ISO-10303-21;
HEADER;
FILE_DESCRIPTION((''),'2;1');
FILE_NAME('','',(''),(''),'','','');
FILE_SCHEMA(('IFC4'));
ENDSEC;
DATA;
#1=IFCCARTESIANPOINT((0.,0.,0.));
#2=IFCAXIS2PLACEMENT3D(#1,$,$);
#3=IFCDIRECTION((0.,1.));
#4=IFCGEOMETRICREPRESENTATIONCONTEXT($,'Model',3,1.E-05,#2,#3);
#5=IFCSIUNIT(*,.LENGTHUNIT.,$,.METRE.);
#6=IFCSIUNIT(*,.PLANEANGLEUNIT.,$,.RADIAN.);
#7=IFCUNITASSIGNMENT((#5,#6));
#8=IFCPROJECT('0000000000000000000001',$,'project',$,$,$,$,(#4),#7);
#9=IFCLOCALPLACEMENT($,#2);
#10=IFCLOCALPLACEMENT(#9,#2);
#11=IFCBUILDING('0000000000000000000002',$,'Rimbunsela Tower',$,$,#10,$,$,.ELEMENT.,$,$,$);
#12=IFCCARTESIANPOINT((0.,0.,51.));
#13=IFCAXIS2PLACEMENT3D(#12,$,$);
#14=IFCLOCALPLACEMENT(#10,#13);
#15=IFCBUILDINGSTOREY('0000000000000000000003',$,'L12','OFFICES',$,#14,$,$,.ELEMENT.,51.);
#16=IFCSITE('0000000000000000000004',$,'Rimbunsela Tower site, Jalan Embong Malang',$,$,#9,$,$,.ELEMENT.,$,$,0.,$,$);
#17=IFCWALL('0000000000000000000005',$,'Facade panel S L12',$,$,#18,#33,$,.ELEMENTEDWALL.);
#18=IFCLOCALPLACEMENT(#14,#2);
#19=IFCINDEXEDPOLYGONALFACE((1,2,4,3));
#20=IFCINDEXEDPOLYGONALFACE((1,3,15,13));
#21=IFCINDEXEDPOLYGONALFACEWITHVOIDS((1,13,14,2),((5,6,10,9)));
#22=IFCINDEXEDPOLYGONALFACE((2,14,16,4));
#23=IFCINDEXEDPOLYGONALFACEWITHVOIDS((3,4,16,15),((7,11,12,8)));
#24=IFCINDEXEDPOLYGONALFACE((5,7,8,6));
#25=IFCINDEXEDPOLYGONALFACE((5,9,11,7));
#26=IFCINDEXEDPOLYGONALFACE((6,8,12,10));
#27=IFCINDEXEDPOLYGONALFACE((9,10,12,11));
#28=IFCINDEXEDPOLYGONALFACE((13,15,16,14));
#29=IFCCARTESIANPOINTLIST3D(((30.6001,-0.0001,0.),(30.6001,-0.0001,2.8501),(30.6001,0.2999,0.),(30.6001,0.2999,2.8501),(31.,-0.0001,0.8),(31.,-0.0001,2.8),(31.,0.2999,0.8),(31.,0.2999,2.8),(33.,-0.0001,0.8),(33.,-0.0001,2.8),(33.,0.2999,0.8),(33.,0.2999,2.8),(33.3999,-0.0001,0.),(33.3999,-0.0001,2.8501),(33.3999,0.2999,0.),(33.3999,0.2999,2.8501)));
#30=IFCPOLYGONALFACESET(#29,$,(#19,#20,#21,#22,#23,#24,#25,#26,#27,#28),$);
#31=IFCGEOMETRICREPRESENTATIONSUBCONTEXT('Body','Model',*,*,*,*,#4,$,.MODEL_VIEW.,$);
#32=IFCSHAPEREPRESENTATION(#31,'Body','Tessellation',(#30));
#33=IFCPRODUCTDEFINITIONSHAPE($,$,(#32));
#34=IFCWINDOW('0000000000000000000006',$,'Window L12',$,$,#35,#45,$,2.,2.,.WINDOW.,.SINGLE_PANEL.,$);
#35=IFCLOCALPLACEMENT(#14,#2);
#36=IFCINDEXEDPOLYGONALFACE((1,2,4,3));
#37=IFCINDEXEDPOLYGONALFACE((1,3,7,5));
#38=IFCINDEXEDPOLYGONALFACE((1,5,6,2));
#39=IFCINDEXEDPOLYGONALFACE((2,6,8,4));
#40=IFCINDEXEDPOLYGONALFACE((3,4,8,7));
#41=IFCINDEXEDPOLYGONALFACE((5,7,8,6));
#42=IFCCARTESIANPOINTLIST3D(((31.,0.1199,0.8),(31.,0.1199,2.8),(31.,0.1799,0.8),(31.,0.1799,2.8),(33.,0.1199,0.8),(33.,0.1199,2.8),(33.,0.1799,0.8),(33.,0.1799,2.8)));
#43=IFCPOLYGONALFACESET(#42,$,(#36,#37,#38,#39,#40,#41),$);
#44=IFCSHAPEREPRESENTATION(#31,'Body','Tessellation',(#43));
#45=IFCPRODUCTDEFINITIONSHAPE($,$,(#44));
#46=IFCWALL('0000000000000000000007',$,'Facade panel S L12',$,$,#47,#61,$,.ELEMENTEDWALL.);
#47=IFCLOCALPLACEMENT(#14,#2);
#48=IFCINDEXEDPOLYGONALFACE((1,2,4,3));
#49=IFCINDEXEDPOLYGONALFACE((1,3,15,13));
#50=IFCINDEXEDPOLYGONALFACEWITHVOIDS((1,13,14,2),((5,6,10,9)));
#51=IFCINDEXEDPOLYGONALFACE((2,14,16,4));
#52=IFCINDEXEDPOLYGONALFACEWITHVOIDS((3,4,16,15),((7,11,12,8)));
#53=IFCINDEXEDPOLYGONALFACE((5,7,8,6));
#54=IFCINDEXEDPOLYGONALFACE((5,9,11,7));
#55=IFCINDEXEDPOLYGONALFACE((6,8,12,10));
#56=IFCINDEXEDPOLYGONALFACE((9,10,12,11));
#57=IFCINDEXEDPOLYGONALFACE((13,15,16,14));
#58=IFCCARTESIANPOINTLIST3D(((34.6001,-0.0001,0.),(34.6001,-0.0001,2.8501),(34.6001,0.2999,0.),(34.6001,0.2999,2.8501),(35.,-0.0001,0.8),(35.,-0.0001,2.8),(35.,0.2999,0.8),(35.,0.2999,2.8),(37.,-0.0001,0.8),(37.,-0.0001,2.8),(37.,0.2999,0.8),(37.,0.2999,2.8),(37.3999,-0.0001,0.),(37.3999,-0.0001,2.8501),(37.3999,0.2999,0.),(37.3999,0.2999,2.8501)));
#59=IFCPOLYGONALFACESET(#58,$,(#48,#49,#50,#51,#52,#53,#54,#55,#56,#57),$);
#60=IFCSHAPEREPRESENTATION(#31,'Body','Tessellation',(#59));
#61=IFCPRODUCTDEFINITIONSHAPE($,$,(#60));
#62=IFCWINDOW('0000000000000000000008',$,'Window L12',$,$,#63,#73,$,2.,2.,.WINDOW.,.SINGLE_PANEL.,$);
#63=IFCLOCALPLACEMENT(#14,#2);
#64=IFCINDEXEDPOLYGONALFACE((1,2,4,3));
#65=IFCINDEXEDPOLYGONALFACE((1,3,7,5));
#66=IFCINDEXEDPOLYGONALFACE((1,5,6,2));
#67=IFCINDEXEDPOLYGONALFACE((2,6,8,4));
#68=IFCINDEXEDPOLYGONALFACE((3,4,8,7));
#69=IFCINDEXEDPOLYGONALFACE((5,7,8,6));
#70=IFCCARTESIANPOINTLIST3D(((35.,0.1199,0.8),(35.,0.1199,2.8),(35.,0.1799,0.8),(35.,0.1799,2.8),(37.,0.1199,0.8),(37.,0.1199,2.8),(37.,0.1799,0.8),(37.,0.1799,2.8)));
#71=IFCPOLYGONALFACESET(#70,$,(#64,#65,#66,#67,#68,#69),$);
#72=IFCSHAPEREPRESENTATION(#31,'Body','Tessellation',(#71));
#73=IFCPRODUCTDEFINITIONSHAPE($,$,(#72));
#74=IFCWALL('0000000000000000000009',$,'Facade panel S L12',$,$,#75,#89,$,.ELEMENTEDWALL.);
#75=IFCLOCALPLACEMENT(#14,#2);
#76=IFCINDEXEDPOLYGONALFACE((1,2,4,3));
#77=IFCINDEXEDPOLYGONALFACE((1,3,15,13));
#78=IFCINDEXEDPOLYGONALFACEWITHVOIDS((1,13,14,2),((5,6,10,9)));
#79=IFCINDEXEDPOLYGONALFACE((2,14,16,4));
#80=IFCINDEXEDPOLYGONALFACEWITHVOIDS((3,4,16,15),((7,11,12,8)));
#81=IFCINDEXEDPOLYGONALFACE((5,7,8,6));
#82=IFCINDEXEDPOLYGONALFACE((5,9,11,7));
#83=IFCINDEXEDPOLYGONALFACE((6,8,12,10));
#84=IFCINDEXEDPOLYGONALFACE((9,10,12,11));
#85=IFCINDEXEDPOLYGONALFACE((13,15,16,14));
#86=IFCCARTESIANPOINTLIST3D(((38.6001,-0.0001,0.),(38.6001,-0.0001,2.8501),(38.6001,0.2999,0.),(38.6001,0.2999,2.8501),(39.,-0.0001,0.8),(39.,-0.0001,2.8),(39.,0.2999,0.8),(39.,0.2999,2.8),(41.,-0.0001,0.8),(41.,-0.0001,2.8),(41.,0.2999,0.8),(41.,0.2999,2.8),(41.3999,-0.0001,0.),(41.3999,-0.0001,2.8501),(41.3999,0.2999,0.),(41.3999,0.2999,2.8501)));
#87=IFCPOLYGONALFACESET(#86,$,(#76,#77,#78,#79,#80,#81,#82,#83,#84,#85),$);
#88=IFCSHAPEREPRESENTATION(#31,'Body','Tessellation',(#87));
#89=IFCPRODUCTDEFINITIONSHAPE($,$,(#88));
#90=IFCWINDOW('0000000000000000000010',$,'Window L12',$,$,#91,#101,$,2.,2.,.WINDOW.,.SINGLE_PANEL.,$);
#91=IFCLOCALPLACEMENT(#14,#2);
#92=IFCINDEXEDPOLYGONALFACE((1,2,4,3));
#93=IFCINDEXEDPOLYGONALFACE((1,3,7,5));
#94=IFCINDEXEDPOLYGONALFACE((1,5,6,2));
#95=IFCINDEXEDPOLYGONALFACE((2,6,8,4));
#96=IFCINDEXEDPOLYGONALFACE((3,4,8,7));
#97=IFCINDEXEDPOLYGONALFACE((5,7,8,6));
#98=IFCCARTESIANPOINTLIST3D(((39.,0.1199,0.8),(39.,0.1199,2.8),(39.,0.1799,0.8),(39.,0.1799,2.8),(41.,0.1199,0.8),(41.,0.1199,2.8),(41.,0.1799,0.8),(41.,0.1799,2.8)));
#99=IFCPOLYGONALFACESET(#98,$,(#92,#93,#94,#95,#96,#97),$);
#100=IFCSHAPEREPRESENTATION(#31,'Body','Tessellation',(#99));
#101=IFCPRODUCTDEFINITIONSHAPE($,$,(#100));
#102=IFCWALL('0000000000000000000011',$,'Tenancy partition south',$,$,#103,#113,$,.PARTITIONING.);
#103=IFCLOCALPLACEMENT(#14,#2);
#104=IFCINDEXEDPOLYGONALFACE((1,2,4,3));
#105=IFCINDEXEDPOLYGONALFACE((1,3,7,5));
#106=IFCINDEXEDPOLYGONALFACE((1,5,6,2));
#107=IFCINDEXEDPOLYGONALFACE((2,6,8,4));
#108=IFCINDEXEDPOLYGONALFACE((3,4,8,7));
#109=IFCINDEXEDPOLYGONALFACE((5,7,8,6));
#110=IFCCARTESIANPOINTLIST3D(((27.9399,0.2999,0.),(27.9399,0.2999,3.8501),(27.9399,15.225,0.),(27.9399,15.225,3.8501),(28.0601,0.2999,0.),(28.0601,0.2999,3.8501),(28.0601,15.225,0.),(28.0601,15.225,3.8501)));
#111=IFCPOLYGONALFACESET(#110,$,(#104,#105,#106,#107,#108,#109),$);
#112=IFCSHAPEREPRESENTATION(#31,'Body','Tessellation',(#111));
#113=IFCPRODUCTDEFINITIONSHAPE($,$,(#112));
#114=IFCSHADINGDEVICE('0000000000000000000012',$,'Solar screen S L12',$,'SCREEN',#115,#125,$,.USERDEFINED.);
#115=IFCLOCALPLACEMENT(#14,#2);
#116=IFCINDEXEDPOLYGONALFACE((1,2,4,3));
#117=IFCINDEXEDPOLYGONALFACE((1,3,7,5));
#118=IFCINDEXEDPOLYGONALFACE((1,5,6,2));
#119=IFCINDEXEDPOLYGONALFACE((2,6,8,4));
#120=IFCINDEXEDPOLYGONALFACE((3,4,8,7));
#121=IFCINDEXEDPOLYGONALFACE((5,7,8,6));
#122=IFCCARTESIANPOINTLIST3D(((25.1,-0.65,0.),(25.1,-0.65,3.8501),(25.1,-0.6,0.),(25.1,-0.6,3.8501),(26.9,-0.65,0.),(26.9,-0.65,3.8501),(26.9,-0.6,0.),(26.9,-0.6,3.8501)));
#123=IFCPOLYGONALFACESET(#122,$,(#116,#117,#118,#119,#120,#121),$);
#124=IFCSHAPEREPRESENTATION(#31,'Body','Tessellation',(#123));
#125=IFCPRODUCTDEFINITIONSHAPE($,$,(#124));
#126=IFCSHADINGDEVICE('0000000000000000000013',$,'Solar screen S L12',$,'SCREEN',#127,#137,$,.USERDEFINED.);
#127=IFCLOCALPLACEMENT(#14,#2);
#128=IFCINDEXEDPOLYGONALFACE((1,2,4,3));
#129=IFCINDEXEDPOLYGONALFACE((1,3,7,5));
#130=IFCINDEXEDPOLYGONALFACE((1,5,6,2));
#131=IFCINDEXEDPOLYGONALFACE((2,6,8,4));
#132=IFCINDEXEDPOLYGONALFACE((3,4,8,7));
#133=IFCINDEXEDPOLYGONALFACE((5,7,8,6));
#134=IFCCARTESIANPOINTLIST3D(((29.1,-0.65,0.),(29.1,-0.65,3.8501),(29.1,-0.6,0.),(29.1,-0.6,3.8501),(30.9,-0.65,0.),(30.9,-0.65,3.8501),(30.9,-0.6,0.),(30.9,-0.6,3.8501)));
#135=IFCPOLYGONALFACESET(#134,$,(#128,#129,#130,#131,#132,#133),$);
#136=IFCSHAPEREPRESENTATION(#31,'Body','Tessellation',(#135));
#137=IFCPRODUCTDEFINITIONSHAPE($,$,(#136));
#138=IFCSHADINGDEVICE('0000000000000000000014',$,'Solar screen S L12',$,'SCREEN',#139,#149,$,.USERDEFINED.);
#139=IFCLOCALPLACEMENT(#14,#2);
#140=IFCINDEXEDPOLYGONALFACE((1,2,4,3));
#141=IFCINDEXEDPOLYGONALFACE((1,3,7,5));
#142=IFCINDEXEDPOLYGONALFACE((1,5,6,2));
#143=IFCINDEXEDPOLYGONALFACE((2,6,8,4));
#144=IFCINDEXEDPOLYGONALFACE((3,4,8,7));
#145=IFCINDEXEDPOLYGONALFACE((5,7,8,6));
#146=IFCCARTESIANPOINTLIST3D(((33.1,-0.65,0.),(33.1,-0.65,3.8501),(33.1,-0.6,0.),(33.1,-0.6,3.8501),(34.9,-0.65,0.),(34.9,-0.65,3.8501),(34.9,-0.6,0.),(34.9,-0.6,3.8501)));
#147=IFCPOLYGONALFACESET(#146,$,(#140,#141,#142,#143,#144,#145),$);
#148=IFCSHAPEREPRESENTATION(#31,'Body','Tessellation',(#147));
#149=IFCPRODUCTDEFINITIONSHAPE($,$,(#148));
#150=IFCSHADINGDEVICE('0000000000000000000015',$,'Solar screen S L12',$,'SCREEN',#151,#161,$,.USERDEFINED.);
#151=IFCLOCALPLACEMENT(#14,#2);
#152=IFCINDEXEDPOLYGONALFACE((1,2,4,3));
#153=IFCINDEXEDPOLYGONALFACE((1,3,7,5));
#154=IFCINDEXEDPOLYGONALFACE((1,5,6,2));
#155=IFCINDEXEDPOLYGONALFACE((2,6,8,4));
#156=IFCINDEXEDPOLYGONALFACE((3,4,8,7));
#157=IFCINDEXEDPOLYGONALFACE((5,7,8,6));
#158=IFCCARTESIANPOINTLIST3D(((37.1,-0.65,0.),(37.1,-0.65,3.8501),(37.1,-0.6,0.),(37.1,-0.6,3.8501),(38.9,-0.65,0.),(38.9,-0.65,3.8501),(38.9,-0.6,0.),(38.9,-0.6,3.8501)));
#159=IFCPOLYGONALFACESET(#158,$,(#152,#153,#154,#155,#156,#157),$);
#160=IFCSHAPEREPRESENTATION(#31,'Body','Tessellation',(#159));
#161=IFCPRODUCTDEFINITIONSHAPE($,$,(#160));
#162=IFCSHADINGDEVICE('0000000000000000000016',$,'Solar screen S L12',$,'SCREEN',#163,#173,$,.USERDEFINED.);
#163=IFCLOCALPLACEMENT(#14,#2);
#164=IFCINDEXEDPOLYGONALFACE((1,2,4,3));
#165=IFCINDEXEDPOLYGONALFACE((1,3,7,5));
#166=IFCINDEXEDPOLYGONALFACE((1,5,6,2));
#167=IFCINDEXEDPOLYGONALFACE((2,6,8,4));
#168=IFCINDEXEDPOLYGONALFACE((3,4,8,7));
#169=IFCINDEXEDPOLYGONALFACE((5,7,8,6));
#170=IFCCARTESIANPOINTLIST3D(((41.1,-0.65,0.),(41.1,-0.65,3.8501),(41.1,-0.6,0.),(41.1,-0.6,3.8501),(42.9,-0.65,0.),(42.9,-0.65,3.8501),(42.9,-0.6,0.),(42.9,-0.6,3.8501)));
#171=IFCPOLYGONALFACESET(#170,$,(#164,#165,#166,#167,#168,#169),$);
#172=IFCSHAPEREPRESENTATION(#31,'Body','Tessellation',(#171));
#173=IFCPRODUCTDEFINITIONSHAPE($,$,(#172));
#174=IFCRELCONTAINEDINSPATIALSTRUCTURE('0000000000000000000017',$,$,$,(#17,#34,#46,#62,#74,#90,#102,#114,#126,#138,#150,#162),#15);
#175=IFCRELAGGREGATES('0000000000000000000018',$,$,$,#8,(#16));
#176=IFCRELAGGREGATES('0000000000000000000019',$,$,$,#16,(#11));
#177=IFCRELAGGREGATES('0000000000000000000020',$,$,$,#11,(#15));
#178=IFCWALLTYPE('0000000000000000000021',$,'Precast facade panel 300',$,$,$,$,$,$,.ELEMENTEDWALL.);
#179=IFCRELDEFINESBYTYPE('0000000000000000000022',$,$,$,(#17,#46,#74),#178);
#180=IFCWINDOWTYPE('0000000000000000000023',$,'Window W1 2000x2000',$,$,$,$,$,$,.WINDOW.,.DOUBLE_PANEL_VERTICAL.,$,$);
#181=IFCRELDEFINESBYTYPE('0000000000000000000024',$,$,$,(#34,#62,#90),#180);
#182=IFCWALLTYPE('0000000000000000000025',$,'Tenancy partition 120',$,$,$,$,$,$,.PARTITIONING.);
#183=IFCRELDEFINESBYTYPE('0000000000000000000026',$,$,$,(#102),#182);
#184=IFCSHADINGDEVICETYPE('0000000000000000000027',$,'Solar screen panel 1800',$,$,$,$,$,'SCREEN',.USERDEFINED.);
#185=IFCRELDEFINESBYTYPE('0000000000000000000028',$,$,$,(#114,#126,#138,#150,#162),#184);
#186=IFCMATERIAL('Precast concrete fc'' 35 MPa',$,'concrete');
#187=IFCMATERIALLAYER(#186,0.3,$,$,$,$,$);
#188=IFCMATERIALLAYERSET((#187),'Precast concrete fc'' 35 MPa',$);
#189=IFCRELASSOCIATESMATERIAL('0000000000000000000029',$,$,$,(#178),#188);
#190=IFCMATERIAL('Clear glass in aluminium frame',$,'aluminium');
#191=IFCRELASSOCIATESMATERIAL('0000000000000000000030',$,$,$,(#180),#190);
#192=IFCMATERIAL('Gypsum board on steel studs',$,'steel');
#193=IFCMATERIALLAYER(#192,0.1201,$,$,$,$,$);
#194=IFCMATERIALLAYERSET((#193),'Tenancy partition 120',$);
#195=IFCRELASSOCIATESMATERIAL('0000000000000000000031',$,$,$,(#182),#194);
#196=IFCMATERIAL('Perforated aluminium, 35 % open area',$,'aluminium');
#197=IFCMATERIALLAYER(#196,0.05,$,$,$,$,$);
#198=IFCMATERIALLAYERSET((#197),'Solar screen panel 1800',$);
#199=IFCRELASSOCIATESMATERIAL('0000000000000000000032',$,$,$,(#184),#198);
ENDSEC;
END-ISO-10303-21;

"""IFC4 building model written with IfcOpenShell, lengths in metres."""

from ifc_helpers import new_model, si_unit, direction, frame, frame_2d, origin, origin_2d, place, context, subcontext, project, spatial, rectangle, extrude, material, layer, layer_set, type_object, element, fill, save


model = new_model("IFC4")

# Units and contexts
model_context = context("Model", 3, precision=1e-05, world=origin(), true_north=direction((0.0, 1.0)))
body_context = subcontext(model_context, "Body", "Model", "MODEL_VIEW")
ifc_project = project(units=[si_unit("LENGTHUNIT", "METRE"), si_unit("PLANEANGLEUNIT", "RADIAN")], contexts=[model_context])

# Site, building, storey
site_placement = place(None, origin())
site = spatial("IfcSite", under=ifc_project, at=site_placement, Name="Rimbunsela Tower site, Jalan Embong Malang", CompositionType="ELEMENT", RefElevation=0.0)
building_placement = place(site_placement, origin())
building = spatial("IfcBuilding", under=site, at=building_placement, Name="Rimbunsela Tower", CompositionType="ELEMENT")
storey_placement = place(building_placement, frame((0.0, 0.0, 51.0)))
storey = spatial("IfcBuildingStorey", under=building, at=storey_placement, Name="L12", Description="OFFICES", CompositionType="ELEMENT", Elevation=51.0)

# Shared definitions
ifc_material_1 = material(Name="Precast concrete fc' 35 MPa", Category="concrete")
ifc_layer_1 = layer(ifc_material_1, 0.3)
ifc_layer_set_1 = layer_set([ifc_layer_1], Name="Precast concrete fc' 35 MPa")
wall_type_1 = type_object("IfcWallType", Name="Precast facade panel 300", PredefinedType="ELEMENTEDWALL", material=ifc_layer_set_1)

# Walls, openings, windows
wall_1_placement = place(storey_placement, frame((30.6001, 0.1499, 0.0), z_axis=(0.0, 0.0, 1.0), x_axis=(1.0, 0.0, 0.0)))
wall_1 = element("IfcWall", 1, at=wall_1_placement, inside=storey, type_object=wall_type_1, Name="Facade panel S L12", PredefinedType="ELEMENTEDWALL", context=body_context, shape_type="SweptSolid", body=[
    extrude(rectangle(XDim=2.7998, YDim=0.3, at=frame_2d((1.3999, 0.0))), origin(), (0.0, 0.0, 1.0), 2.8501),
])
opening_1_placement = place(wall_1_placement, frame((0.3999, 0.0, 0.8)))
opening_1 = element("IfcOpeningElement", 2, at=opening_1_placement, cuts=wall_1, PredefinedType="OPENING", context=body_context, shape_type="SweptSolid", body=[
    extrude(rectangle(XDim=2.0, YDim=2.0, at=frame_2d((1.0, 1.0))), frame((0.0, 0.1599, 0.0), z_axis=(0.0, -1.0, 0.0), x_axis=(1.0, 0.0, 0.0)), (0.0, 0.0, 1.0), 0.3201),
])
ifc_material_2 = material(Name="Clear glass in aluminium frame", Category="aluminium")
window_type_1 = type_object("IfcWindowType", Name="Window W1 2000x2000", PartitioningType="DOUBLE_PANEL_VERTICAL", PredefinedType="WINDOW", material=ifc_material_2)
window_1_placement = place(opening_1_placement, origin())
window_1 = element("IfcWindow", 3, at=window_1_placement, inside=storey, type_object=window_type_1, Name="Window L12", OverallHeight=2.0, OverallWidth=2.0, PartitioningType="SINGLE_PANEL", PredefinedType="WINDOW", context=body_context, shape_type="SweptSolid", body=[
    extrude(rectangle(XDim=2.0, YDim=2.0, at=frame_2d((1.0, 1.0))), frame((0.0, 0.03, 0.0), z_axis=(0.0, -1.0, 0.0), x_axis=(1.0, 0.0, 0.0)), (0.0, 0.0, 1.0), 0.0601),
])
fill(opening_1, window_1)
wall_2_placement = place(storey_placement, frame((34.6001, 0.1499, 0.0), z_axis=(0.0, 0.0, 1.0), x_axis=(1.0, 0.0, 0.0)))
wall_2 = element("IfcWall", 4, at=wall_2_placement, inside=storey, type_object=wall_type_1, Name="Facade panel S L12", PredefinedType="ELEMENTEDWALL", context=body_context, shape_type="SweptSolid", body=[
    extrude(rectangle(XDim=2.7998, YDim=0.3, at=frame_2d((1.3999, 0.0))), origin(), (0.0, 0.0, 1.0), 2.8501),
])
opening_2_placement = place(wall_2_placement, frame((0.3999, 0.0, 0.8)))
opening_2 = element("IfcOpeningElement", 5, at=opening_2_placement, cuts=wall_2, PredefinedType="OPENING", context=body_context, shape_type="SweptSolid", body=[
    extrude(rectangle(XDim=2.0, YDim=2.0, at=frame_2d((1.0, 1.0))), frame((0.0, 0.1599, 0.0), z_axis=(0.0, -1.0, 0.0), x_axis=(1.0, 0.0, 0.0)), (0.0, 0.0, 1.0), 0.3201),
])
window_2_placement = place(opening_2_placement, origin())
window_2 = element("IfcWindow", 6, at=window_2_placement, inside=storey, type_object=window_type_1, Name="Window L12", OverallHeight=2.0, OverallWidth=2.0, PartitioningType="SINGLE_PANEL", PredefinedType="WINDOW", context=body_context, shape_type="SweptSolid", body=[
    extrude(rectangle(XDim=2.0, YDim=2.0, at=frame_2d((1.0, 1.0))), frame((0.0, 0.03, 0.0), z_axis=(0.0, -1.0, 0.0), x_axis=(1.0, 0.0, 0.0)), (0.0, 0.0, 1.0), 0.0601),
])
fill(opening_2, window_2)
wall_3_placement = place(storey_placement, frame((38.6001, 0.1499, 0.0), z_axis=(0.0, 0.0, 1.0), x_axis=(1.0, 0.0, 0.0)))
wall_3 = element("IfcWall", 7, at=wall_3_placement, inside=storey, type_object=wall_type_1, Name="Facade panel S L12", PredefinedType="ELEMENTEDWALL", context=body_context, shape_type="SweptSolid", body=[
    extrude(rectangle(XDim=2.7998, YDim=0.3, at=frame_2d((1.3999, 0.0))), origin(), (0.0, 0.0, 1.0), 2.8501),
])
opening_3_placement = place(wall_3_placement, frame((0.3999, 0.0, 0.8)))
opening_3 = element("IfcOpeningElement", 8, at=opening_3_placement, cuts=wall_3, PredefinedType="OPENING", context=body_context, shape_type="SweptSolid", body=[
    extrude(rectangle(XDim=2.0, YDim=2.0, at=frame_2d((1.0, 1.0))), frame((0.0, 0.1599, 0.0), z_axis=(0.0, -1.0, 0.0), x_axis=(1.0, 0.0, 0.0)), (0.0, 0.0, 1.0), 0.3201),
])
window_3_placement = place(opening_3_placement, origin())
window_3 = element("IfcWindow", 9, at=window_3_placement, inside=storey, type_object=window_type_1, Name="Window L12", OverallHeight=2.0, OverallWidth=2.0, PartitioningType="SINGLE_PANEL", PredefinedType="WINDOW", context=body_context, shape_type="SweptSolid", body=[
    extrude(rectangle(XDim=2.0, YDim=2.0, at=frame_2d((1.0, 1.0))), frame((0.0, 0.03, 0.0), z_axis=(0.0, -1.0, 0.0), x_axis=(1.0, 0.0, 0.0)), (0.0, 0.0, 1.0), 0.0601),
])
fill(opening_3, window_3)

# Wall
ifc_material_3 = material(Name="Gypsum board on steel studs", Category="steel")
ifc_layer_2 = layer(ifc_material_3, 0.1201)
ifc_layer_set_2 = layer_set([ifc_layer_2], Name="Tenancy partition 120")
wall_type_2 = type_object("IfcWallType", Name="Tenancy partition 120", PredefinedType="PARTITIONING", material=ifc_layer_set_2)
wall_4_placement = place(storey_placement, frame((28.0, 0.3, 0.0), z_axis=(0.0, 0.0, 1.0), x_axis=(0.0, 1.0, 0.0)))
element("IfcWall", 10, at=wall_4_placement, inside=storey, type_object=wall_type_2, Name="Tenancy partition south", PredefinedType="PARTITIONING", context=body_context, shape_type="SweptSolid", body=[
    extrude(rectangle(XDim=14.925, YDim=0.1201, at=frame_2d((7.4624, 0.0))), origin(), (0.0, 0.0, 1.0), 3.8501),
])

# Shading devices
ifc_material_4 = material(Name="Perforated aluminium, 35 % open area", Category="aluminium")
ifc_layer_3 = layer(ifc_material_4, 0.05)
ifc_layer_set_3 = layer_set([ifc_layer_3], Name="Solar screen panel 1800")
shading_device_type = type_object("IfcShadingDeviceType", Name="Solar screen panel 1800", ElementType="SCREEN", PredefinedType="USERDEFINED", material=ifc_layer_set_3)
for number, where, z_axis, x_axis, name in (
    (11, (26.0, -0.625, 0.0), (0.0, 0.0, 1.0), (1.0, 0.0, 0.0), "Solar screen S L12"),
    (12, (30.0, -0.625, 0.0), (0.0, 0.0, 1.0), (1.0, 0.0, 0.0), "Solar screen S L12"),
    (13, (34.0, -0.625, 0.0), (0.0, 0.0, 1.0), (1.0, 0.0, 0.0), "Solar screen S L12"),
    (14, (38.0, -0.625, 0.0), (0.0, 0.0, 1.0), (1.0, 0.0, 0.0), "Solar screen S L12"),
    (15, (42.0, -0.625, 0.0), (0.0, 0.0, 1.0), (1.0, 0.0, 0.0), "Solar screen S L12"),
):
    element("IfcShadingDevice", number, at=place(storey_placement, frame(where, z_axis=z_axis, x_axis=x_axis)), inside=storey, type_object=shading_device_type, Name=name, ObjectType="SCREEN", PredefinedType="USERDEFINED", context=body_context, shape_type="SweptSolid", body=[
        extrude(rectangle(XDim=1.8, YDim=0.05, at=origin_2d()), origin(), (0.0, 0.0, 1.0), 3.8501),
    ])

save(model, "model.ifc")
